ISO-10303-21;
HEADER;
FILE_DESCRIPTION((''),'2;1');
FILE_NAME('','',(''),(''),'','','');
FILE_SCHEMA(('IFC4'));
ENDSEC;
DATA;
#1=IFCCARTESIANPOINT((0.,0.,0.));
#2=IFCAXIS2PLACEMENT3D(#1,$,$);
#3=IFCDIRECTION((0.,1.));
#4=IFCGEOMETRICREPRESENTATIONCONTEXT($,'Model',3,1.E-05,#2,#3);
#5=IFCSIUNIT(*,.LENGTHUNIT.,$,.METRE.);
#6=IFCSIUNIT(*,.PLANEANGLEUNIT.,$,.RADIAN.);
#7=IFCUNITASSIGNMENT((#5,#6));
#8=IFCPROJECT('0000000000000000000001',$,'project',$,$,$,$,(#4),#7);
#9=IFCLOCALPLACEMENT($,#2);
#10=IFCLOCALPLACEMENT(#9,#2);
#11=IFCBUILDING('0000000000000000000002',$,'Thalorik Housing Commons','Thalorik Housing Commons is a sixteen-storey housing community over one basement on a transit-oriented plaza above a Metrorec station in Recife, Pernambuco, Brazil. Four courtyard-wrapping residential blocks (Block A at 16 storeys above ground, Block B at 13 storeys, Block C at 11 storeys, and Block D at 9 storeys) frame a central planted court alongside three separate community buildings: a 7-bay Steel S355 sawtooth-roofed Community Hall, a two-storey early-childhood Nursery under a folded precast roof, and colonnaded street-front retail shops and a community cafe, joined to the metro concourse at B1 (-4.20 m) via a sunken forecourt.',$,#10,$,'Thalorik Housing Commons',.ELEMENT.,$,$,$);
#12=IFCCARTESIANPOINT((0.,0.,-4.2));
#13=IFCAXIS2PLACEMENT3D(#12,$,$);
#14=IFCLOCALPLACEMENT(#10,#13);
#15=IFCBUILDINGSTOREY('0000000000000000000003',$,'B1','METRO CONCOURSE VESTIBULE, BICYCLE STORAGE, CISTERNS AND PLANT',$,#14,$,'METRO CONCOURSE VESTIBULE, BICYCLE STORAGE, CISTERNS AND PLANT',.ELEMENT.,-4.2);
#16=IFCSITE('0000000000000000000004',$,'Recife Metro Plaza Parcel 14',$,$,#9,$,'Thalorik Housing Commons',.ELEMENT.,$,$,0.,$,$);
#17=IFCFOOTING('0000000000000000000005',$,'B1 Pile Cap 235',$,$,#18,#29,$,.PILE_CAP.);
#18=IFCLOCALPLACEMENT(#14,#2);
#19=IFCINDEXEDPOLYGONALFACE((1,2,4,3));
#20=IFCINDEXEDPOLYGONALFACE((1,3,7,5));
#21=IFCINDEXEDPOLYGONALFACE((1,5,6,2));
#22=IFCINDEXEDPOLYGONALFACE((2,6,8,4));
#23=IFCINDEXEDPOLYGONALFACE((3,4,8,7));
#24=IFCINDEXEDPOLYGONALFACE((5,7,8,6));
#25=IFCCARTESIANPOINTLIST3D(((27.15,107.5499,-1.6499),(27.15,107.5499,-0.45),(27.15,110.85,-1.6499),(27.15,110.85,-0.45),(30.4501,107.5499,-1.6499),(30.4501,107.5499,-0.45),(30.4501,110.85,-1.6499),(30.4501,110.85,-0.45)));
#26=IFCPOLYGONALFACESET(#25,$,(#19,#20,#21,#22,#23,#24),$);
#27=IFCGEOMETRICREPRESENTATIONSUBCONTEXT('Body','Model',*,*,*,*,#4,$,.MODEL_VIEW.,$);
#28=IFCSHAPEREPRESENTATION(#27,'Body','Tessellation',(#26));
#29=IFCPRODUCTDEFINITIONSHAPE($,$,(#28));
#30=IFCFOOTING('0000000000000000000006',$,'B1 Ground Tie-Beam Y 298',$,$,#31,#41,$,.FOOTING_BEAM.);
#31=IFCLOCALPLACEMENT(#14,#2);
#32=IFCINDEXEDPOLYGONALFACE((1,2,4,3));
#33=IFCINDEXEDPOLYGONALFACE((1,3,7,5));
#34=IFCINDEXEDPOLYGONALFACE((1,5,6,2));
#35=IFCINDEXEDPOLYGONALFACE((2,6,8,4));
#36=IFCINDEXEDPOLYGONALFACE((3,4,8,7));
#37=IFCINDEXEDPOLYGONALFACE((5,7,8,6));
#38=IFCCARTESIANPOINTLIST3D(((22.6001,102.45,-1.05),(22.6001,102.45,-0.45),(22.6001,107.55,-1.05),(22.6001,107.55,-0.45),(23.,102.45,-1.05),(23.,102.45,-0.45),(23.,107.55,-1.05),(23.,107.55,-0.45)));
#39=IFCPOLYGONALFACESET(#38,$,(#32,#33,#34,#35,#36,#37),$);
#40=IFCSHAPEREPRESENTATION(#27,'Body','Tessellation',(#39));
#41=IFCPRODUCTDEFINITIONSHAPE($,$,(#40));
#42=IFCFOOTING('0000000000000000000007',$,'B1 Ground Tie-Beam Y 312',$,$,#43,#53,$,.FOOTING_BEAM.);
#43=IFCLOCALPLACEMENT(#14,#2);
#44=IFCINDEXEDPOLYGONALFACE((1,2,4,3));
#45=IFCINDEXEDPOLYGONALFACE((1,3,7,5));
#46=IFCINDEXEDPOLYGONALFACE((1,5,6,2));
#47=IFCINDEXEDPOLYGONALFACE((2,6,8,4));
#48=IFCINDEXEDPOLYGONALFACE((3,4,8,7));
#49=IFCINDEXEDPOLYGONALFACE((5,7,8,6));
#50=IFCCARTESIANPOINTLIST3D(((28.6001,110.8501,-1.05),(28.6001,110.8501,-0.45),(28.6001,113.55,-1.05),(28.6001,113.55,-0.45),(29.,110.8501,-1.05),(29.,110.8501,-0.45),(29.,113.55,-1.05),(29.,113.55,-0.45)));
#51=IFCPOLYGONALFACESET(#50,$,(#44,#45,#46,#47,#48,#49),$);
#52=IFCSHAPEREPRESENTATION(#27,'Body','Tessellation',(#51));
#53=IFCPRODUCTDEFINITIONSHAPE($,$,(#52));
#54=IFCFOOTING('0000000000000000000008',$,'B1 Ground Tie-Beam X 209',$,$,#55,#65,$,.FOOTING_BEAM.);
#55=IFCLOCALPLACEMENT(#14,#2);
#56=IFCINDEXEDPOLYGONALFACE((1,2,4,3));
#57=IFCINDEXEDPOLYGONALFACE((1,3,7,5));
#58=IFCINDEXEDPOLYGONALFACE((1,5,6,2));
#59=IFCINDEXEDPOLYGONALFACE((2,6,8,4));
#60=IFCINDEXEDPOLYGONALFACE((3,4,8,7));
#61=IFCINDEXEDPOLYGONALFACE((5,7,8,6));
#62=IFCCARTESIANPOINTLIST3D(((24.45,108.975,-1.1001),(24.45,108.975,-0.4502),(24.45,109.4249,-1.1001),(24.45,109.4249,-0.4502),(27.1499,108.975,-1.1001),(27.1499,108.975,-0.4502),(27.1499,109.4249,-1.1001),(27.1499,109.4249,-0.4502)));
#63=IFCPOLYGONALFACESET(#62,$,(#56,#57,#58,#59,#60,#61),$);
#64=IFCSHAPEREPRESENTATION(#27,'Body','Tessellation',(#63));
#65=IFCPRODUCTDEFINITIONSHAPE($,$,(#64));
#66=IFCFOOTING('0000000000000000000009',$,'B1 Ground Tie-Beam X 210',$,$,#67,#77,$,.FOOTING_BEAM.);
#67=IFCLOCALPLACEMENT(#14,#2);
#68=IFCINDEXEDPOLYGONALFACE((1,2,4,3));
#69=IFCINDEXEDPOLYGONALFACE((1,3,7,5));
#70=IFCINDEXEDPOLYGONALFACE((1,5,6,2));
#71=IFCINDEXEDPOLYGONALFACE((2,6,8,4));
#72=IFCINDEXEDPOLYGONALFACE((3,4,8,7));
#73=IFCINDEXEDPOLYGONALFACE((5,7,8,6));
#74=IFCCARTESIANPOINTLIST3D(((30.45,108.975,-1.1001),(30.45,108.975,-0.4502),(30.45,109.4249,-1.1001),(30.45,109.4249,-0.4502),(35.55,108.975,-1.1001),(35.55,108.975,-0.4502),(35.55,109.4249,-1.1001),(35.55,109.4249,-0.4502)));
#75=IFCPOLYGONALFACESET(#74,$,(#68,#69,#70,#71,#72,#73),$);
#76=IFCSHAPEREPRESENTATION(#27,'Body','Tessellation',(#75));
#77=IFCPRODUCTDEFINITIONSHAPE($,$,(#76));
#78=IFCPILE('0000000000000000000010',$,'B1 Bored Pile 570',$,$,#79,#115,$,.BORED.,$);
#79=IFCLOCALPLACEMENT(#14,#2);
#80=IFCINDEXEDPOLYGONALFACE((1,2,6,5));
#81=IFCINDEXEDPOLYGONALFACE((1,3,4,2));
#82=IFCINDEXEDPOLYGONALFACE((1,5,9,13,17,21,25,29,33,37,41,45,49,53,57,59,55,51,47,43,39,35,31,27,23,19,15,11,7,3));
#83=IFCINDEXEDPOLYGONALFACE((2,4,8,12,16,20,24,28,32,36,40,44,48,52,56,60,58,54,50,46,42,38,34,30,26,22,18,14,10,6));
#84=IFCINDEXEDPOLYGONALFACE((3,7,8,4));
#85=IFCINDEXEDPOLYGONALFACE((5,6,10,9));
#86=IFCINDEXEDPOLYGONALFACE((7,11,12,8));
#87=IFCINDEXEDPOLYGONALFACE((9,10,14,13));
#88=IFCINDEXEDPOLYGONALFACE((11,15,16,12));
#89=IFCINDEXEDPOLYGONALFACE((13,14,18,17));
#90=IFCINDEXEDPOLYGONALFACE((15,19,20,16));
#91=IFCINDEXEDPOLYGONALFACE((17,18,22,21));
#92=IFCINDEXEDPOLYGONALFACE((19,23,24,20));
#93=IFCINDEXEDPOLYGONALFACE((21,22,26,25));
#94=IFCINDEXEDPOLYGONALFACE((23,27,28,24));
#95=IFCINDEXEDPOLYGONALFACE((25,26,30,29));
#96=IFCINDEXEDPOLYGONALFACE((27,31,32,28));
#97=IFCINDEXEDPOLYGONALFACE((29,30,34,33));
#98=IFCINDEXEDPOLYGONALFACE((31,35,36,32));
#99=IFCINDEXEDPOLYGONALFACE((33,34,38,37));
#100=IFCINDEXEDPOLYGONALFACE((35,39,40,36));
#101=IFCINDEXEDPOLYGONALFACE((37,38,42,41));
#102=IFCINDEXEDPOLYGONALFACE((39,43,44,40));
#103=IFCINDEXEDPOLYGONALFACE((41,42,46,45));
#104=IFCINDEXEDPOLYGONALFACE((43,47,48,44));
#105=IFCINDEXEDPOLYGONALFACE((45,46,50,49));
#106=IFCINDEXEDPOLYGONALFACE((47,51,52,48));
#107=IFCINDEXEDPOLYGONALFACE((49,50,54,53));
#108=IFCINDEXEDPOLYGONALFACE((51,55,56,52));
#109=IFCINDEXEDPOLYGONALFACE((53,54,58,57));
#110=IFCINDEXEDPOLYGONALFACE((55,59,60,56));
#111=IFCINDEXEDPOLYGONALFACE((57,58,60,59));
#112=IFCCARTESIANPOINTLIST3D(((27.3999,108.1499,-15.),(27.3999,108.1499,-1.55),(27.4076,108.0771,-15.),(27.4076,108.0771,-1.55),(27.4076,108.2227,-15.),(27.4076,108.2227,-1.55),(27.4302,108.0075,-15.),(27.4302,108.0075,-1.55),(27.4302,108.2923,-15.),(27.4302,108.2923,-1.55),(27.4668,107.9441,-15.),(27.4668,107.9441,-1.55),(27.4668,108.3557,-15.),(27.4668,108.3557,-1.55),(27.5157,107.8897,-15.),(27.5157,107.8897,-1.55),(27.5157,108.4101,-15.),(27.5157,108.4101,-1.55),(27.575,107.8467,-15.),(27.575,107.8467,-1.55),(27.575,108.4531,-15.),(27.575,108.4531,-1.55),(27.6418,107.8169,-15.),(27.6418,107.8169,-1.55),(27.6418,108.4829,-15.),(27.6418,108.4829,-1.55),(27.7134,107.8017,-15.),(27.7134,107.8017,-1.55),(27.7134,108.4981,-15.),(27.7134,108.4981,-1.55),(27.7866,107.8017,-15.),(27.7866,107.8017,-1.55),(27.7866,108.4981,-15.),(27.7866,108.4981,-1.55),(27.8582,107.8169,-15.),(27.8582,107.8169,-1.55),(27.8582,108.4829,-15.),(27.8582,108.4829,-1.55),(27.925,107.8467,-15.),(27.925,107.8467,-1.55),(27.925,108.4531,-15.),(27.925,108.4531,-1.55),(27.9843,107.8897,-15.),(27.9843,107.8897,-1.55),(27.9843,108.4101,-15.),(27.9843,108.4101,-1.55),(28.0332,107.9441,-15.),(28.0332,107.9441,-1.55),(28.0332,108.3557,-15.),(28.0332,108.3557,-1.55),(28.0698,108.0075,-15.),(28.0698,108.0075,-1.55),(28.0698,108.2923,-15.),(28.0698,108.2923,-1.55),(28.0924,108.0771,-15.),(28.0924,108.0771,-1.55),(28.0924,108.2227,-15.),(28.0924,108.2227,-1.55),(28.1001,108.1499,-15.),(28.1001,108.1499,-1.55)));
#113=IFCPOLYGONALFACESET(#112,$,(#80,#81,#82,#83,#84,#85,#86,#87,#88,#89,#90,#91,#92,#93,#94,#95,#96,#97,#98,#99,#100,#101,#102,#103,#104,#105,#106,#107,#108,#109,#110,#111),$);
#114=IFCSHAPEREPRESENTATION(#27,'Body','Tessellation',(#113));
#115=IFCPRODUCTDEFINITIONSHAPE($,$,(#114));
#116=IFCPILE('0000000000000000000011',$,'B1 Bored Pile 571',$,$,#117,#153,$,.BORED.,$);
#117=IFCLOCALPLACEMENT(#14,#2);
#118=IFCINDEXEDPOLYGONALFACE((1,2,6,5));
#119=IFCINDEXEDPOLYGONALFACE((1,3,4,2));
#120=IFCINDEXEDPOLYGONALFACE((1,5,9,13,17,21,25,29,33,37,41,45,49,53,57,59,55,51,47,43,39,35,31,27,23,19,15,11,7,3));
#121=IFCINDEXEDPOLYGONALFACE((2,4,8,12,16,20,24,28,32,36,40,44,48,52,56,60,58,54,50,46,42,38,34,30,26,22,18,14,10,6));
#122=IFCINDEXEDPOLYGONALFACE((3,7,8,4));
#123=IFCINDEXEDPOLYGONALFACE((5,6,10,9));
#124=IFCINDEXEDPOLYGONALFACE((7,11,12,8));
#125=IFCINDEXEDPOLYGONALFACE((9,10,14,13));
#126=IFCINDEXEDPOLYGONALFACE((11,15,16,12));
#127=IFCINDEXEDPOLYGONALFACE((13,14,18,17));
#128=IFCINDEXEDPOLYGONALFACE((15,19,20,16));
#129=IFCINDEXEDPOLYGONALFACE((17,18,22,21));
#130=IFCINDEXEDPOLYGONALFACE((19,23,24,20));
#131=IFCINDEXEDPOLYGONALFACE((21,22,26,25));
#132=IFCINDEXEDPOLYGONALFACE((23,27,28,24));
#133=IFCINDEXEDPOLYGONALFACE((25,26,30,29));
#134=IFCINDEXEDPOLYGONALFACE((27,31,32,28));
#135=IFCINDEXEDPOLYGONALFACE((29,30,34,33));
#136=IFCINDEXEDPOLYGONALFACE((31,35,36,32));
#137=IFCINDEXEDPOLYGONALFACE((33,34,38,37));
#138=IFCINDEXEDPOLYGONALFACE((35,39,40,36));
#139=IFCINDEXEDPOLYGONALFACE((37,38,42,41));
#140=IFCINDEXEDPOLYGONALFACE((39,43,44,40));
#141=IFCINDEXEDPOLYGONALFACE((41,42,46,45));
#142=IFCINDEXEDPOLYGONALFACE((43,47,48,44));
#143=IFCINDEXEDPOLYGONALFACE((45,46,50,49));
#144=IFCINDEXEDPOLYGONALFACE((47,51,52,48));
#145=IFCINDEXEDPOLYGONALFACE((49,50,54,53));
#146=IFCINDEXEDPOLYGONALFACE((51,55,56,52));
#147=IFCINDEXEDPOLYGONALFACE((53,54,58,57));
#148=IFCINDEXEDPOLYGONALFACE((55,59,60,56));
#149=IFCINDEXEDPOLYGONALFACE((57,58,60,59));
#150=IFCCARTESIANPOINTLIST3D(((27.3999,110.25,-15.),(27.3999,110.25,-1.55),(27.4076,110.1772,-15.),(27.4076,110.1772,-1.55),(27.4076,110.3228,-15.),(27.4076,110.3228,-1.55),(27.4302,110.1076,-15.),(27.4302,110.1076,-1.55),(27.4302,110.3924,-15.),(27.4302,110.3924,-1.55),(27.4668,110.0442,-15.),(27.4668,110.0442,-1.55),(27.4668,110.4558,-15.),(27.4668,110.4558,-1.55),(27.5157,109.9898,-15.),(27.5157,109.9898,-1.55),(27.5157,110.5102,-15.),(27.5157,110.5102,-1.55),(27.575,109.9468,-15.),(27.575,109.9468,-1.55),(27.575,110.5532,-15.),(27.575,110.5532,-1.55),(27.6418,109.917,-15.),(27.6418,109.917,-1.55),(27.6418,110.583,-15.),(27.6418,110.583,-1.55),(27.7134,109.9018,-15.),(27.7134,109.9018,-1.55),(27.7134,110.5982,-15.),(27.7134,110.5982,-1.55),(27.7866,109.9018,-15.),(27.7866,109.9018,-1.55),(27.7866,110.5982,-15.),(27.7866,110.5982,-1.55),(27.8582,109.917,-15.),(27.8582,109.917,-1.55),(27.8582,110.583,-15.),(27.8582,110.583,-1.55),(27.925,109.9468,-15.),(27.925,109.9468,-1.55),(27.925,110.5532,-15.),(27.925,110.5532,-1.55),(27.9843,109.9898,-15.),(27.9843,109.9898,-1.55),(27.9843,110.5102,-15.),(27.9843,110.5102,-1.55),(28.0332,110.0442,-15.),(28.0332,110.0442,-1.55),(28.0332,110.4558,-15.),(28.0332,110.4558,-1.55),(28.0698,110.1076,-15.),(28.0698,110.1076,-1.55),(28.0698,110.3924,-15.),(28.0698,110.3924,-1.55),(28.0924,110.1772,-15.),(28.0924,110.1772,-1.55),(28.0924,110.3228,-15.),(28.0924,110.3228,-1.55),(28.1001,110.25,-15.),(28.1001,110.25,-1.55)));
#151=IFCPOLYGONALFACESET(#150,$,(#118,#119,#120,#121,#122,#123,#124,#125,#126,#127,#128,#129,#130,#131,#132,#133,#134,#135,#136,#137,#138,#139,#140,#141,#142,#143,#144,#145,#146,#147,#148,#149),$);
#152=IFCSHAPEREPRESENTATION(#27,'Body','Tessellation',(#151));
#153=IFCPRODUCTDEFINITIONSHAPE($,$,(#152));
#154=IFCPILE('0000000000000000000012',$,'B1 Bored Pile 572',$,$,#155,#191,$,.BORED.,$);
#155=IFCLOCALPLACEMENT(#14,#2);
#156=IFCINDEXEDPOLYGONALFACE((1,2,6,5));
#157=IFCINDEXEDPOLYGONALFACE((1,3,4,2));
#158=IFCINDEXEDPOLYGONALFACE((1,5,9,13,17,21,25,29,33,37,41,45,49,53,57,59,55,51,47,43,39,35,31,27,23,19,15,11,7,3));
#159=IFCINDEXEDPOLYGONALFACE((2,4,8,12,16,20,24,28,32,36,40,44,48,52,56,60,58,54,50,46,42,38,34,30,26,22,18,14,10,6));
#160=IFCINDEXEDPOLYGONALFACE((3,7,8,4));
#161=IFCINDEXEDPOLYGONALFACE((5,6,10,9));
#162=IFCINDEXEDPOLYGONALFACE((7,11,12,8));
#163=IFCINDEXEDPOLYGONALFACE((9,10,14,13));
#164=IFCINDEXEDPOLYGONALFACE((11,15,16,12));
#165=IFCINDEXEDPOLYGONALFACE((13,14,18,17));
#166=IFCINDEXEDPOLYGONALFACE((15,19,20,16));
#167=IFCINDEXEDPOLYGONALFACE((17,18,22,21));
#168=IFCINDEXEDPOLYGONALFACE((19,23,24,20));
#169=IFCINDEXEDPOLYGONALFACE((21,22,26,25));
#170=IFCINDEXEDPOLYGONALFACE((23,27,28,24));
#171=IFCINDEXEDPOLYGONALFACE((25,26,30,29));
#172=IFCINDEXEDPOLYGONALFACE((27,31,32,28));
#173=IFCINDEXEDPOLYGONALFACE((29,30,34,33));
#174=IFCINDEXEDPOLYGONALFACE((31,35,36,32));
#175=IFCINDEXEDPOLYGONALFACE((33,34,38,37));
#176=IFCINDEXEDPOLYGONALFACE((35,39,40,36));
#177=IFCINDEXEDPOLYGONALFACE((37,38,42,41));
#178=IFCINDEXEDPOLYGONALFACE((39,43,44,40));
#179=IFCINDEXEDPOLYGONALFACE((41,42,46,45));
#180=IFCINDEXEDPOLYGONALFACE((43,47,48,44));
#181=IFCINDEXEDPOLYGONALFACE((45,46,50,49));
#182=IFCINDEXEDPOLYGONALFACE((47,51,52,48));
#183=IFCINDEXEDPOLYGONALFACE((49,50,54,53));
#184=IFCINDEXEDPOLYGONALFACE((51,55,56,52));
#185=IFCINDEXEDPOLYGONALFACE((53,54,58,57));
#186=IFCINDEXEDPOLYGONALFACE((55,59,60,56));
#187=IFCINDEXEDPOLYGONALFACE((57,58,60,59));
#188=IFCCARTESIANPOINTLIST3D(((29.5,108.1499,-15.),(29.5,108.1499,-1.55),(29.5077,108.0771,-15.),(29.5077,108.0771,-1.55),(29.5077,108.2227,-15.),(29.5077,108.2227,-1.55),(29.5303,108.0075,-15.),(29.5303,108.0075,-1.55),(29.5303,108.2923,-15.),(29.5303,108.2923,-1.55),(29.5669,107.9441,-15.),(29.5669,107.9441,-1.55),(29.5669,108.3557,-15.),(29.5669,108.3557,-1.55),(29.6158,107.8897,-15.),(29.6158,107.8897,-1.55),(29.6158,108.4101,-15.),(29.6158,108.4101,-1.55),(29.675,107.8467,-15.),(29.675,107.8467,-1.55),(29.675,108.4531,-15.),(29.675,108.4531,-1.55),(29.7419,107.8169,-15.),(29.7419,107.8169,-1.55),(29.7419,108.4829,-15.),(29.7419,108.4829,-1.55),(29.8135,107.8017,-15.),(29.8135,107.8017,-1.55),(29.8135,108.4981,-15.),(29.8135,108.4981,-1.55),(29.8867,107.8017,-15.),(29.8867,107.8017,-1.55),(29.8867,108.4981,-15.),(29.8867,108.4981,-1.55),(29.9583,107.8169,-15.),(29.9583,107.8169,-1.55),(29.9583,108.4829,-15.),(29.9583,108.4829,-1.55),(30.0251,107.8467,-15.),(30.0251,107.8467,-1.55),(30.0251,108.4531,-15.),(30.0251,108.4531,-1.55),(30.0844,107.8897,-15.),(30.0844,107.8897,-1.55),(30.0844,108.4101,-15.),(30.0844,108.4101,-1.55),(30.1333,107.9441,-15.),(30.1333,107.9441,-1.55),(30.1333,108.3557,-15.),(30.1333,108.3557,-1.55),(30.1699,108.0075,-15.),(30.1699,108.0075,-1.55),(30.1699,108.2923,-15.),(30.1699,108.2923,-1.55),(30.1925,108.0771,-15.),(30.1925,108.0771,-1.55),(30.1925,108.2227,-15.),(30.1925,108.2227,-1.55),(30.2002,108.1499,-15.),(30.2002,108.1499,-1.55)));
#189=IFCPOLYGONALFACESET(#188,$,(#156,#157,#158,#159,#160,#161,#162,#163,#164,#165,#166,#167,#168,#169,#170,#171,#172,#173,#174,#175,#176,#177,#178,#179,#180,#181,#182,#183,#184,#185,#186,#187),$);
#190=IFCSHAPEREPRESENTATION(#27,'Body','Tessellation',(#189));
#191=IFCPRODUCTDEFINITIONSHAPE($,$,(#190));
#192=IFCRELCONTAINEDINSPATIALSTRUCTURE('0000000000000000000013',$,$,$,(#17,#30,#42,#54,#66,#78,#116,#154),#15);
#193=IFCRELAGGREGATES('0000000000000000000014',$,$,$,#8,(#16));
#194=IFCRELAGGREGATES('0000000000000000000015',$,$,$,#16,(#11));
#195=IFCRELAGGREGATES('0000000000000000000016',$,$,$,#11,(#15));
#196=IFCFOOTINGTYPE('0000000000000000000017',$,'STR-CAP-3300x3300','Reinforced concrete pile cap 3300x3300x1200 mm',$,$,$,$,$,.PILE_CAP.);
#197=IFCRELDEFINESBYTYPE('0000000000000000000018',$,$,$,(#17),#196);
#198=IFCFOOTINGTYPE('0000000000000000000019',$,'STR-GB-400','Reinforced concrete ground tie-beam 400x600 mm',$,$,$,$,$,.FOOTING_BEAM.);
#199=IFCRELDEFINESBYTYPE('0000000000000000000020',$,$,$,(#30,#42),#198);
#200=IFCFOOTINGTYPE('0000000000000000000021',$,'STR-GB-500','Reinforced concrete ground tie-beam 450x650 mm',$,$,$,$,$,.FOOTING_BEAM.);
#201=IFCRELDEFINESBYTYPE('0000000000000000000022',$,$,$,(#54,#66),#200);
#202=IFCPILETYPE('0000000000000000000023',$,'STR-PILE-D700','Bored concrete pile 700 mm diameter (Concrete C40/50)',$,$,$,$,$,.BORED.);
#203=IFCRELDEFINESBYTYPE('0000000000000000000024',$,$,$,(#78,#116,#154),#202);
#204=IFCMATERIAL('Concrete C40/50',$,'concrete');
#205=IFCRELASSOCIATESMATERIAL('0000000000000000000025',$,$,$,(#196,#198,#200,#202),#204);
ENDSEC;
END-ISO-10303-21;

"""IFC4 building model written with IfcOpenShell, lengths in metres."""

from ifc_helpers import new_model, si_unit, direction, frame, origin, origin_2d, place, context, subcontext, project, spatial, rectangle, circle, extrude, material, material_profile, profile_set, type_object, element, save


model = new_model("IFC4")

# Units and contexts
model_context = context("Model", 3, precision=1e-05, world=origin(), true_north=direction((0.0, 1.0)))
body_context = subcontext(model_context, "Body", "Model", "MODEL_VIEW")
ifc_project = project(units=[si_unit("LENGTHUNIT", "METRE"), si_unit("PLANEANGLEUNIT", "RADIAN")], contexts=[model_context])

# Site, building, storey
site_placement = place(None, origin())
site = spatial("IfcSite", under=ifc_project, at=site_placement, Name="Recife Metro Plaza Parcel 14", LongName="Thalorik Housing Commons", CompositionType="ELEMENT", RefElevation=0.0)
building_placement = place(site_placement, origin())
building = spatial("IfcBuilding", under=site, at=building_placement, Name="Thalorik Housing Commons", Description="Thalorik Housing Commons is a sixteen-storey housing community over one basement on a transit-oriented plaza above a Metrorec station in Recife, Pernambuco, Brazil. Four courtyard-wrapping residential blocks (Block A at 16 storeys above ground, Block B at 13 storeys, Block C at 11 storeys, and Block D at 9 storeys) frame a central planted court alongside three separate community buildings: a 7-bay Steel S355 sawtooth-roofed Community Hall, a two-storey early-childhood Nursery under a folded precast roof, and colonnaded street-front retail shops and a community cafe, joined to the metro concourse at B1 (-4.20 m) via a sunken forecourt.", LongName="Thalorik Housing Commons", CompositionType="ELEMENT")
storey_placement = place(building_placement, frame((0.0, 0.0, -4.2)))
storey = spatial("IfcBuildingStorey", under=building, at=storey_placement, Name="B1", Description="METRO CONCOURSE VESTIBULE, BICYCLE STORAGE, CISTERNS AND PLANT", LongName="METRO CONCOURSE VESTIBULE, BICYCLE STORAGE, CISTERNS AND PLANT", CompositionType="ELEMENT", Elevation=-4.2)

# Footings
ifc_material_1 = material(Name="Concrete C40/50", Category="concrete")
footing_type_1 = type_object("IfcFootingType", Name="STR-CAP-3300x3300", Description="Reinforced concrete pile cap 3300x3300x1200 mm", PredefinedType="PILE_CAP", material=ifc_material_1)
footing_1_placement = place(storey_placement, frame((28.8, 109.2, -1.6499), z_axis=(0.0, 0.0, 1.0), x_axis=(1.0, 0.0, 0.0)))
element("IfcFooting", 1, at=footing_1_placement, inside=storey, type_object=footing_type_1, Name="B1 Pile Cap 235", PredefinedType="PILE_CAP", context=body_context, shape_type="SweptSolid", body=[
    extrude(rectangle(XDim=3.3, YDim=3.3, at=origin_2d()), origin(), (0.0, 0.0, 1.0), 1.2),
])
ifc_material_profile_1 = material_profile(ifc_material_1, rectangle(XDim=0.3999, YDim=0.6001, at=origin_2d()), Name="RC 400x600", Category="concrete")
ifc_profile_set_1 = profile_set([ifc_material_profile_1], Name="Concrete C40/50")
footing_type_2 = type_object("IfcFootingType", Name="STR-GB-400", Description="Reinforced concrete ground tie-beam 400x600 mm", PredefinedType="FOOTING_BEAM", material=ifc_profile_set_1)
footing_2_placement = place(storey_placement, frame((22.8, 102.45, -0.75), z_axis=(0.0, 1.0, 0.0), x_axis=(-1.0, 0.0, 0.0)))
element("IfcFooting", 2, at=footing_2_placement, inside=storey, type_object=footing_type_2, Name="B1 Ground Tie-Beam Y 298", PredefinedType="FOOTING_BEAM", context=body_context, shape_type="SweptSolid", body=[
    extrude(rectangle(XDim=0.3999, YDim=0.6001, at=origin_2d()), origin(), (0.0, 0.0, 1.0), 5.1001),
])
footing_3_placement = place(storey_placement, frame((28.8, 110.8501, -0.75), z_axis=(0.0, 1.0, 0.0), x_axis=(-1.0, 0.0, 0.0)))
element("IfcFooting", 3, at=footing_3_placement, inside=storey, type_object=footing_type_2, Name="B1 Ground Tie-Beam Y 312", PredefinedType="FOOTING_BEAM", context=body_context, shape_type="SweptSolid", body=[
    extrude(rectangle(XDim=0.3999, YDim=0.6001, at=origin_2d()), origin(), (0.0, 0.0, 1.0), 2.7),
])
ifc_material_profile_2 = material_profile(ifc_material_1, rectangle(XDim=0.45, YDim=0.6499, at=origin_2d()), Name="RC 450x650", Category="concrete")
ifc_profile_set_2 = profile_set([ifc_material_profile_2], Name="Concrete C40/50")
footing_type_3 = type_object("IfcFootingType", Name="STR-GB-500", Description="Reinforced concrete ground tie-beam 450x650 mm", PredefinedType="FOOTING_BEAM", material=ifc_profile_set_2)
footing_4_placement = place(storey_placement, frame((24.45, 109.2, -0.7751), z_axis=(1.0, 0.0, 0.0), x_axis=(0.0, 1.0, 0.0)))
element("IfcFooting", 4, at=footing_4_placement, inside=storey, type_object=footing_type_3, Name="B1 Ground Tie-Beam X 209", PredefinedType="FOOTING_BEAM", context=body_context, shape_type="SweptSolid", body=[
    extrude(rectangle(XDim=0.45, YDim=0.6499, at=origin_2d()), origin(), (0.0, 0.0, 1.0), 2.7),
])
footing_5_placement = place(storey_placement, frame((30.45, 109.2, -0.7751), z_axis=(1.0, 0.0, 0.0), x_axis=(0.0, 1.0, 0.0)))
element("IfcFooting", 5, at=footing_5_placement, inside=storey, type_object=footing_type_3, Name="B1 Ground Tie-Beam X 210", PredefinedType="FOOTING_BEAM", context=body_context, shape_type="SweptSolid", body=[
    extrude(rectangle(XDim=0.45, YDim=0.6499, at=origin_2d()), origin(), (0.0, 0.0, 1.0), 5.1001),
])

# Piles
ifc_material_profile_3 = material_profile(ifc_material_1, circle(Radius=0.3501, at=origin_2d()), Name="BORED PILE D700", Category="concrete")
ifc_profile_set_3 = profile_set([ifc_material_profile_3], Name="Concrete C40/50")
pile_type_1 = type_object("IfcPileType", Name="STR-PILE-D700", Description="Bored concrete pile 700 mm diameter (Concrete C40/50)", PredefinedType="BORED", material=ifc_profile_set_3)
for number, where, z_axis, x_axis, name in (
    (6, (27.75, 108.1499, -1.55), (0.0, 0.0, -1.0), (1.0, 0.0, 0.0), "B1 Bored Pile 570"),
    (7, (27.75, 110.25, -1.55), (0.0, 0.0, -1.0), (1.0, 0.0, 0.0), "B1 Bored Pile 571"),
    (8, (29.8501, 108.1499, -1.55), (0.0, 0.0, -1.0), (1.0, 0.0, 0.0), "B1 Bored Pile 572"),
):
    element("IfcPile", number, at=place(storey_placement, frame(where, z_axis=z_axis, x_axis=x_axis)), inside=storey, type_object=pile_type_1, Name=name, PredefinedType="BORED", context=body_context, shape_type="SweptSolid", body=[
        extrude(circle(Radius=0.3501, at=origin_2d()), origin(), (0.0, 0.0, 1.0), 13.45),
    ])

save(model, "model.ifc")
